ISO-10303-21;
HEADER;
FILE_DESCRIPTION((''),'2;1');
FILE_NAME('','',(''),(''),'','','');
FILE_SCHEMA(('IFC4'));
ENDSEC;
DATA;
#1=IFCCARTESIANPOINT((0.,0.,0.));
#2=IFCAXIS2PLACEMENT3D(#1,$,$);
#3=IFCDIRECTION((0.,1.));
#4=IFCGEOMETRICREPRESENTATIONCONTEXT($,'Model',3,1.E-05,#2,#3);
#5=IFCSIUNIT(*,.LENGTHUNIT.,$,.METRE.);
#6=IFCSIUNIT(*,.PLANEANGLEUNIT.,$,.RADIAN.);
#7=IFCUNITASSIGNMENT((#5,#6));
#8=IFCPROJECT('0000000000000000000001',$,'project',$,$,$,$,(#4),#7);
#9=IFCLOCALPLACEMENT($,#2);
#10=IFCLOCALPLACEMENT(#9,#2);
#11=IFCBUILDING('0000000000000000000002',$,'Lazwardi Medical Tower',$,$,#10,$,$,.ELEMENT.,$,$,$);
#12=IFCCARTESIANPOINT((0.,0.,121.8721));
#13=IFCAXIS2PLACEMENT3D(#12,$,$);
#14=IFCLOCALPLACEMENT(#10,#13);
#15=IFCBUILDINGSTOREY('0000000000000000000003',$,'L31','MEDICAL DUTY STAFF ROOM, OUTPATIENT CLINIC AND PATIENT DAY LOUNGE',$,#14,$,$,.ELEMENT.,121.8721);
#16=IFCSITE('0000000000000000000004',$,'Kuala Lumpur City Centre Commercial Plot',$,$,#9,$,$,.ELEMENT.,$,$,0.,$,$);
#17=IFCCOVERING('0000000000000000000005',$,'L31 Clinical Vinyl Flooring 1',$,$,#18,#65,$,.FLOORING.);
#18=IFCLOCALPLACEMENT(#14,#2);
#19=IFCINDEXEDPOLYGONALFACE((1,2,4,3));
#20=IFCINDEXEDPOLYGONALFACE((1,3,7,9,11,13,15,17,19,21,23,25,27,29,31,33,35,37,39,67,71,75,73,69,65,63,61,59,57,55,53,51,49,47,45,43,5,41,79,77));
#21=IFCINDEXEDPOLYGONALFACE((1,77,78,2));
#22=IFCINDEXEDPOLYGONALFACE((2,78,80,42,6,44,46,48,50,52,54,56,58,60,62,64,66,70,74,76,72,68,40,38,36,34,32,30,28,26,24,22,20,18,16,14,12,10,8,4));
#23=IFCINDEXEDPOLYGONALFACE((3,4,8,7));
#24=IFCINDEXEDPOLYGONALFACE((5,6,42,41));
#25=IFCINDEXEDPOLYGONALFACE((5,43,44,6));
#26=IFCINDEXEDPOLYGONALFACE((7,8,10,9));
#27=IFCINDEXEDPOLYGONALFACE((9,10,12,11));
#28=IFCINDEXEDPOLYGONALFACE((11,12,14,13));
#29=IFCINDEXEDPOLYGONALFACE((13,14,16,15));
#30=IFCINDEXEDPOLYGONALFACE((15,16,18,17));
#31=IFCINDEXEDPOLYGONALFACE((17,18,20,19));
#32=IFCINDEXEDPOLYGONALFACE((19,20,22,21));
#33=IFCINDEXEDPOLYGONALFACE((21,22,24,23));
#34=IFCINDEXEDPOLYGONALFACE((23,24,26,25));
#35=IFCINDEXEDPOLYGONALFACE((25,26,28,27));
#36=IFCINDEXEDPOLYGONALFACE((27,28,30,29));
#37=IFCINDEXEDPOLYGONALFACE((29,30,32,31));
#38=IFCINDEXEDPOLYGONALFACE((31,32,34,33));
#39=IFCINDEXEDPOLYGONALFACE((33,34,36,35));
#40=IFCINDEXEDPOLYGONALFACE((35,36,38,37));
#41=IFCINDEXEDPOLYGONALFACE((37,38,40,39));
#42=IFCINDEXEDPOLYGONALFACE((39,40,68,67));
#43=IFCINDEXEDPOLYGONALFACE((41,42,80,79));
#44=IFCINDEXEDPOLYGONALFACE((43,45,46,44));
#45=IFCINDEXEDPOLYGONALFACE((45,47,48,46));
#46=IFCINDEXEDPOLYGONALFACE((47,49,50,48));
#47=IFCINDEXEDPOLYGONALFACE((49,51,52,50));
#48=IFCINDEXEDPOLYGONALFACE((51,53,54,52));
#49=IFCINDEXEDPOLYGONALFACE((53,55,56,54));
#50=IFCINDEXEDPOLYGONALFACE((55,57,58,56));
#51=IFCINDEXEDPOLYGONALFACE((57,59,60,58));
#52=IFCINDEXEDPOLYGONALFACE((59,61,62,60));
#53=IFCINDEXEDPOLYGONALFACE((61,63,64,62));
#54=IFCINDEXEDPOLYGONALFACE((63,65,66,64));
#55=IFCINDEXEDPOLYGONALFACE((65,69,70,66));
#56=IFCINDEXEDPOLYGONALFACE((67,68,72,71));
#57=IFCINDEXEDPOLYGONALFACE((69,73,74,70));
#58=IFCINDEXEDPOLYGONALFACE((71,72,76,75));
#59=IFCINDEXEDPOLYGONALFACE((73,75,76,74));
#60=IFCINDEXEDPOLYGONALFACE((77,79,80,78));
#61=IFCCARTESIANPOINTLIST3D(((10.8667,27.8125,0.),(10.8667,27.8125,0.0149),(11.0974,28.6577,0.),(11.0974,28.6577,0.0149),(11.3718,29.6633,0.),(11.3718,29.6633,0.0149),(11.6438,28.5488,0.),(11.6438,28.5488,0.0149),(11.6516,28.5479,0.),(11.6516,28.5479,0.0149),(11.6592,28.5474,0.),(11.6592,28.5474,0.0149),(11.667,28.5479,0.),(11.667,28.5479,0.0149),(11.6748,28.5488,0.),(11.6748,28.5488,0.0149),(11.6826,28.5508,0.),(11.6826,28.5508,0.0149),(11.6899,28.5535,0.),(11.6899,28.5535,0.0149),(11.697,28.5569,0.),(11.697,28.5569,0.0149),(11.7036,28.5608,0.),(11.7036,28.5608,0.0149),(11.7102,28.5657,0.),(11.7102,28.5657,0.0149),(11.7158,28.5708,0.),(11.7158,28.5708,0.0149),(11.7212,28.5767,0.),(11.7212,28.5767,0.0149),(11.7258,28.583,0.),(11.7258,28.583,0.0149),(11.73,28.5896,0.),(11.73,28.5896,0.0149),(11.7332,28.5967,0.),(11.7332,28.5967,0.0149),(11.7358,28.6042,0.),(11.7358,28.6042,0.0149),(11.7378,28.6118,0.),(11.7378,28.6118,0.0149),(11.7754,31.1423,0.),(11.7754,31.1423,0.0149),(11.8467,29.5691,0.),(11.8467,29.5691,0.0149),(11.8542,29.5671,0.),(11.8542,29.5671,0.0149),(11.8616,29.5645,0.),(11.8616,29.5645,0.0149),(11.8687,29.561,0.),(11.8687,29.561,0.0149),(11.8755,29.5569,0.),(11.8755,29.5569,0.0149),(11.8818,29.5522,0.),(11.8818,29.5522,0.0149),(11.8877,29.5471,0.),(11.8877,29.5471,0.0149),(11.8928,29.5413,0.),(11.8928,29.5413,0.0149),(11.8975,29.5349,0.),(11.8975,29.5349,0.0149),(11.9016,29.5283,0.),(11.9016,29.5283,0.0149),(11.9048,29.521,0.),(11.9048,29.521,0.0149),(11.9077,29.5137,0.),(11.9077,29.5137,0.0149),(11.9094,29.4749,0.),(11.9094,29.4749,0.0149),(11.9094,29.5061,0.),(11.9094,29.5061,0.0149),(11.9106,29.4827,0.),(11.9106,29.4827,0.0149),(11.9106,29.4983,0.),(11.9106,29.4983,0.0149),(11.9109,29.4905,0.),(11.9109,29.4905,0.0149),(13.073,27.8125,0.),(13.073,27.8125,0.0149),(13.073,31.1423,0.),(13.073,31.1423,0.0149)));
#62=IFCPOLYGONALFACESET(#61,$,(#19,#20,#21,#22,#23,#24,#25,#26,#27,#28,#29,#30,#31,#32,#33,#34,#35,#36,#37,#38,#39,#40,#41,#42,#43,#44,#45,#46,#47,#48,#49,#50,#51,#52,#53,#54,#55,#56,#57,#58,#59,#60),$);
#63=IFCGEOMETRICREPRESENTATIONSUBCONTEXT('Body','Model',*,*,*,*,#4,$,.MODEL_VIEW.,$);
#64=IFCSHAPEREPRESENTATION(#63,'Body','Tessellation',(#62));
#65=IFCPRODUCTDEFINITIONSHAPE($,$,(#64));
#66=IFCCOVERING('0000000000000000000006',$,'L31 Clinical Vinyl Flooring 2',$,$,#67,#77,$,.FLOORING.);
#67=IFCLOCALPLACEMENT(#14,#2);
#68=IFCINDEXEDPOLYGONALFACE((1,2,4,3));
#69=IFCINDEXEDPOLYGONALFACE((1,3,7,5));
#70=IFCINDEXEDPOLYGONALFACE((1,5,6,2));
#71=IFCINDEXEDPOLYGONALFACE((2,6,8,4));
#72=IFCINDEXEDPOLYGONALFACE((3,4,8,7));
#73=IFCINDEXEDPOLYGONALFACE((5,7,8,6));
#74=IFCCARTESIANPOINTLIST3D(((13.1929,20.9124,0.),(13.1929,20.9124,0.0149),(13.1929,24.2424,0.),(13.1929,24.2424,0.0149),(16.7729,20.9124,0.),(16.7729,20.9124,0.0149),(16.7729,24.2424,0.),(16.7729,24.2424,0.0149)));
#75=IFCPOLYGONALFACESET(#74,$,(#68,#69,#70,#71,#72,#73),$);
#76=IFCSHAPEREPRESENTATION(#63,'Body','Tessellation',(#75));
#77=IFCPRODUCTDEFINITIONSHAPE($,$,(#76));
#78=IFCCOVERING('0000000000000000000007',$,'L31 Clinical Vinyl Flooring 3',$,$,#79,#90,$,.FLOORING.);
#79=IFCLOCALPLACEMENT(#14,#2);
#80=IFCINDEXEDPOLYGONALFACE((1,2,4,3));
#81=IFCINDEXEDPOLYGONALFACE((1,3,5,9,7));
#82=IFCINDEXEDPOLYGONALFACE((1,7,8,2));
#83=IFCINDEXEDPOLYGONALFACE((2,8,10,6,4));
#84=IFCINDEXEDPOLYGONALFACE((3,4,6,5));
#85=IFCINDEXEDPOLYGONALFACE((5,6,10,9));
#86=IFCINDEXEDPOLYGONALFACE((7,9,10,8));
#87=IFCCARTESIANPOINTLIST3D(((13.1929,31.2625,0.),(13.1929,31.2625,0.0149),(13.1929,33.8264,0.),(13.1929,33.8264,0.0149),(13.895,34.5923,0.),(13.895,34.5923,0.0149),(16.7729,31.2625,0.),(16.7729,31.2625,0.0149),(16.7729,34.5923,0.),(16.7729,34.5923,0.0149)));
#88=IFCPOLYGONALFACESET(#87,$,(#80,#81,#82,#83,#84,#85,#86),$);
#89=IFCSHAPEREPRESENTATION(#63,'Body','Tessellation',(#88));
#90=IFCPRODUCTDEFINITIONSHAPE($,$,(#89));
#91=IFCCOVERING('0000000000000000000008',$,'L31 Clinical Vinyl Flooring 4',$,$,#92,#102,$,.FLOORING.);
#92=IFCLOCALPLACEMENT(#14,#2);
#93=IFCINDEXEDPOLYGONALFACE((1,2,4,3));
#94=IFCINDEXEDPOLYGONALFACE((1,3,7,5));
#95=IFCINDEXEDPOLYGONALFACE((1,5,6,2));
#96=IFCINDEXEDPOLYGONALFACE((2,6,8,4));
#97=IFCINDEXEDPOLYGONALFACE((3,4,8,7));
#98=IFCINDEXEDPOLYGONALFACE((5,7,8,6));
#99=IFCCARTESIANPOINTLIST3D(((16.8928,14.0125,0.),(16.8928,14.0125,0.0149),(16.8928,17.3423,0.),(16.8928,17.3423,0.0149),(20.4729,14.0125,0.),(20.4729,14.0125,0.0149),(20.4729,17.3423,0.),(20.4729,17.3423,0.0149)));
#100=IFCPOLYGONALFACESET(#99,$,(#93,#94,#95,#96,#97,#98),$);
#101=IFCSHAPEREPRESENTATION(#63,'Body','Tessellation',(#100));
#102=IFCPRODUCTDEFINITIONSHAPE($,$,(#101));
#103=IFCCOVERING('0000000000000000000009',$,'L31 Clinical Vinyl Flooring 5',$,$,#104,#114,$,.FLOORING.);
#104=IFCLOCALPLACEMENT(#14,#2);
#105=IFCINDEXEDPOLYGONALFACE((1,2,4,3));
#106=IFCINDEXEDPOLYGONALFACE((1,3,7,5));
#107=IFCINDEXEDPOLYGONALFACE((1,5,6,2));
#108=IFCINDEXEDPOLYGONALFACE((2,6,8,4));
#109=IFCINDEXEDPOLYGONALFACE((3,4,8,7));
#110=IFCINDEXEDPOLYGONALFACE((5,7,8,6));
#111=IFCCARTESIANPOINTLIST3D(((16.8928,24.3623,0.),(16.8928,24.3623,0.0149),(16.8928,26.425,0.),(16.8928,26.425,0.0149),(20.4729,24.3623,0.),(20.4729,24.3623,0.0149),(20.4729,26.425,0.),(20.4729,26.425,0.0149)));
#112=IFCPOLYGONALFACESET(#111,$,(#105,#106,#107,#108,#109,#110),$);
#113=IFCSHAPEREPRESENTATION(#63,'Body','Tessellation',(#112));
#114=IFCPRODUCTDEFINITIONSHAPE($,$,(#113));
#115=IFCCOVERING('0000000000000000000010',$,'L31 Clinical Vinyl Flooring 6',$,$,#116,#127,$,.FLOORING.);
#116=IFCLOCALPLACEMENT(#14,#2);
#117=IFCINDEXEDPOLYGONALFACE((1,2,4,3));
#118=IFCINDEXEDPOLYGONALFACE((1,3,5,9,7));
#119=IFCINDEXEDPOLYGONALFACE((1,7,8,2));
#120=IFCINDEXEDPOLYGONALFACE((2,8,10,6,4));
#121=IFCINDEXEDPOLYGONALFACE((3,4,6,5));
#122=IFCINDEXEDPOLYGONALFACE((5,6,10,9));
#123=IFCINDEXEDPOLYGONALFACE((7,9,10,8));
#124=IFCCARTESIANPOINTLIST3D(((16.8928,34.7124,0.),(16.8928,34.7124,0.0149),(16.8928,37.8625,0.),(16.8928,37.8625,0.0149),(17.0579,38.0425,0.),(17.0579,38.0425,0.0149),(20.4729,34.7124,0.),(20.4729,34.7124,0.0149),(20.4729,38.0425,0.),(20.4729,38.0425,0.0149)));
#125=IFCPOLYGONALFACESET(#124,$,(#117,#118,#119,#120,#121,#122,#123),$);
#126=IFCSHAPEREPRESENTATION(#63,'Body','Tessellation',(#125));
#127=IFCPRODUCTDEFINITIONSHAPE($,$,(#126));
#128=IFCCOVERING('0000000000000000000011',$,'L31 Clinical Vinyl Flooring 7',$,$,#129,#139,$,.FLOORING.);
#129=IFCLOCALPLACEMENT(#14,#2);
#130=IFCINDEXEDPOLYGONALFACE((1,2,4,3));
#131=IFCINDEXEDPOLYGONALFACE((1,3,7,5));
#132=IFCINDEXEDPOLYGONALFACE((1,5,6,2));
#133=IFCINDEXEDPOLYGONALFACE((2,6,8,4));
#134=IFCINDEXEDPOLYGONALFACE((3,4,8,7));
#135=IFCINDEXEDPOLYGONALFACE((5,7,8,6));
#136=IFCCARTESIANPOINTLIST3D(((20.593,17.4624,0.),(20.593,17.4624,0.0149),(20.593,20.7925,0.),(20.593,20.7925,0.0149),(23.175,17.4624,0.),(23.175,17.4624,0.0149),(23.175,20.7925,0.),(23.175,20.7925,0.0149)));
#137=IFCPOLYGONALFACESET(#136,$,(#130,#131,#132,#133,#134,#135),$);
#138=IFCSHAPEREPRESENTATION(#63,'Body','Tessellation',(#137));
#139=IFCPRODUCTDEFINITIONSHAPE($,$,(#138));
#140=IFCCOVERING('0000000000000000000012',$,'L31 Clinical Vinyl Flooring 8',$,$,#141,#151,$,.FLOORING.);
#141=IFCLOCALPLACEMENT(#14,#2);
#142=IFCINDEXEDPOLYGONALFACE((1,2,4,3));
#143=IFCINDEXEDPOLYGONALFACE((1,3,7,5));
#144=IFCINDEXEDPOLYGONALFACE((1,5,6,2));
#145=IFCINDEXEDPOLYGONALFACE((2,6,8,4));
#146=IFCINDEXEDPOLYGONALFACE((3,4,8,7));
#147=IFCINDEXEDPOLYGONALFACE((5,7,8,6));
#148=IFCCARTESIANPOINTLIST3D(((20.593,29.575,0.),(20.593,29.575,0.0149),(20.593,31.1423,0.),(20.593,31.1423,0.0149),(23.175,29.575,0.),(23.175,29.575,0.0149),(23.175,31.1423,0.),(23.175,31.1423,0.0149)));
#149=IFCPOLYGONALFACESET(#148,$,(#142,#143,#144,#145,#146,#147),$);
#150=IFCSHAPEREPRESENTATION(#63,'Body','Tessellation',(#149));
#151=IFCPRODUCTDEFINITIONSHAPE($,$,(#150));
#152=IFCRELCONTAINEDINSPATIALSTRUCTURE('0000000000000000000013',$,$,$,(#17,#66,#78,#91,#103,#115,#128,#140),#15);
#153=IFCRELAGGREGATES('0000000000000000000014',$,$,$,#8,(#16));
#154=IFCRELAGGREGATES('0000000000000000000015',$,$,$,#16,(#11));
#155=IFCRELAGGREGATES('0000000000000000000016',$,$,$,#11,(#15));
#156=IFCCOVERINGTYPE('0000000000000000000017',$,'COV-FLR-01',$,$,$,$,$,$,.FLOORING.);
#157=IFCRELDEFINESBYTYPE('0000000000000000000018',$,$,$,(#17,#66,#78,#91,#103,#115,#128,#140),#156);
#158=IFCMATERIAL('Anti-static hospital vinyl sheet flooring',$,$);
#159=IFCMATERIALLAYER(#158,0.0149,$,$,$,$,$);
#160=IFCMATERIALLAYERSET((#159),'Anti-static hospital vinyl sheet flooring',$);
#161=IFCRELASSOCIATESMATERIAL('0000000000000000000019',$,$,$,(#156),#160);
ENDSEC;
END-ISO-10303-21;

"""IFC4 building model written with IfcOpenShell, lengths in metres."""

from ifc_helpers import new_model, si_unit, direction, frame, origin, place, context, subcontext, project, spatial, polyline, outline, extrude, material, layer, layer_set, type_object, element, save


model = new_model("IFC4")

# Units and contexts
model_context = context("Model", 3, precision=1e-05, world=origin(), true_north=direction((0.0, 1.0)))
body_context = subcontext(model_context, "Body", "Model", "MODEL_VIEW")
ifc_project = project(units=[si_unit("LENGTHUNIT", "METRE"), si_unit("PLANEANGLEUNIT", "RADIAN")], contexts=[model_context])

# Site, building, storey
site_placement = place(None, origin())
site = spatial("IfcSite", under=ifc_project, at=site_placement, Name="Kuala Lumpur City Centre Commercial Plot", CompositionType="ELEMENT", RefElevation=0.0)
building_placement = place(site_placement, origin())
building = spatial("IfcBuilding", under=site, at=building_placement, Name="Lazwardi Medical Tower", CompositionType="ELEMENT")
storey_placement = place(building_placement, frame((0.0, 0.0, 121.8721)))
storey = spatial("IfcBuildingStorey", under=building, at=storey_placement, Name="L31", Description="MEDICAL DUTY STAFF ROOM, OUTPATIENT CLINIC AND PATIENT DAY LOUNGE", CompositionType="ELEMENT", Elevation=121.8721)

# Coverings
ifc_material_1 = material(Name="Anti-static hospital vinyl sheet flooring")
ifc_layer_1 = layer(ifc_material_1, 0.0149)
ifc_layer_set_1 = layer_set([ifc_layer_1], Name="Anti-static hospital vinyl sheet flooring")
covering_type_1 = type_object("IfcCoveringType", Name="COV-FLR-01", PredefinedType="FLOORING", material=ifc_layer_set_1)
covering_1_placement = place(storey_placement, origin())
element("IfcCovering", 1, at=covering_1_placement, inside=storey, type_object=covering_type_1, Name="L31 Clinical Vinyl Flooring 1", PredefinedType="FLOORING", context=body_context, shape_type="SweptSolid", body=[
    extrude(outline(polyline([(11.7754, 31.1423), (11.3718, 29.6633), (11.8467, 29.5691), (11.8542, 29.5671), (11.8616, 29.5645), (11.8687, 29.561), (11.8755, 29.5569), (11.8818, 29.5522), (11.8877, 29.5471), (11.8928, 29.5413), (11.8975, 29.5349), (11.9016, 29.5283), (11.9048, 29.521), (11.9077, 29.5137), (11.9094, 29.5061), (11.9106, 29.4983), (11.9109, 29.4905), (11.9106, 29.4827), (11.9094, 29.4749), (11.7378, 28.6118), (11.7358, 28.6042), (11.7332, 28.5967), (11.73, 28.5896), (11.7258, 28.583), (11.7212, 28.5767), (11.7158, 28.5708), (11.7102, 28.5657), (11.7036, 28.5608), (11.697, 28.5569), (11.6899, 28.5535), (11.6826, 28.5508), (11.6748, 28.5488), (11.667, 28.5479), (11.6592, 28.5474), (11.6516, 28.5479), (11.6438, 28.5488), (11.0974, 28.6577), (10.8667, 27.8125), (13.073, 27.8125), (13.073, 31.1423), (11.7754, 31.1423)])), origin(), (0.0, 0.0, 1.0), 0.0149),
])
covering_2_placement = place(storey_placement, origin())
element("IfcCovering", 2, at=covering_2_placement, inside=storey, type_object=covering_type_1, Name="L31 Clinical Vinyl Flooring 2", PredefinedType="FLOORING", context=body_context, shape_type="SweptSolid", body=[
    extrude(outline(polyline([(16.7729, 20.9124), (16.7729, 24.2424), (13.1929, 24.2424), (13.1929, 20.9124), (16.7729, 20.9124)])), origin(), (0.0, 0.0, 1.0), 0.0149),
])
covering_3_placement = place(storey_placement, origin())
element("IfcCovering", 3, at=covering_3_placement, inside=storey, type_object=covering_type_1, Name="L31 Clinical Vinyl Flooring 3", PredefinedType="FLOORING", context=body_context, shape_type="SweptSolid", body=[
    extrude(outline(polyline([(13.895, 34.5923), (13.1929, 33.8264), (13.1929, 31.2625), (16.7729, 31.2625), (16.7729, 34.5923), (13.895, 34.5923)])), origin(), (0.0, 0.0, 1.0), 0.0149),
])
covering_4_placement = place(storey_placement, origin())
element("IfcCovering", 4, at=covering_4_placement, inside=storey, type_object=covering_type_1, Name="L31 Clinical Vinyl Flooring 4", PredefinedType="FLOORING", context=body_context, shape_type="SweptSolid", body=[
    extrude(outline(polyline([(20.4729, 14.0125), (20.4729, 17.3423), (16.8928, 17.3423), (16.8928, 14.0125), (20.4729, 14.0125)])), origin(), (0.0, 0.0, 1.0), 0.0149),
])
covering_5_placement = place(storey_placement, origin())
element("IfcCovering", 5, at=covering_5_placement, inside=storey, type_object=covering_type_1, Name="L31 Clinical Vinyl Flooring 5", PredefinedType="FLOORING", context=body_context, shape_type="SweptSolid", body=[
    extrude(outline(polyline([(20.4729, 26.425), (16.8928, 26.425), (16.8928, 24.3623), (20.4729, 24.3623), (20.4729, 26.425)])), origin(), (0.0, 0.0, 1.0), 0.0149),
])
covering_6_placement = place(storey_placement, origin())
element("IfcCovering", 6, at=covering_6_placement, inside=storey, type_object=covering_type_1, Name="L31 Clinical Vinyl Flooring 6", PredefinedType="FLOORING", context=body_context, shape_type="SweptSolid", body=[
    extrude(outline(polyline([(17.0579, 38.0425), (16.8928, 37.8625), (16.8928, 34.7124), (20.4729, 34.7124), (20.4729, 38.0425), (17.0579, 38.0425)])), origin(), (0.0, 0.0, 1.0), 0.0149),
])
covering_7_placement = place(storey_placement, origin())
element("IfcCovering", 7, at=covering_7_placement, inside=storey, type_object=covering_type_1, Name="L31 Clinical Vinyl Flooring 7", PredefinedType="FLOORING", context=body_context, shape_type="SweptSolid", body=[
    extrude(outline(polyline([(23.175, 17.4624), (23.175, 20.7925), (20.593, 20.7925), (20.593, 17.4624), (23.175, 17.4624)])), origin(), (0.0, 0.0, 1.0), 0.0149),
])
covering_8_placement = place(storey_placement, origin())
element("IfcCovering", 8, at=covering_8_placement, inside=storey, type_object=covering_type_1, Name="L31 Clinical Vinyl Flooring 8", PredefinedType="FLOORING", context=body_context, shape_type="SweptSolid", body=[
    extrude(outline(polyline([(20.593, 29.575), (23.175, 29.575), (23.175, 31.1423), (20.593, 31.1423), (20.593, 29.575)])), origin(), (0.0, 0.0, 1.0), 0.0149),
])

save(model, "model.ifc")
